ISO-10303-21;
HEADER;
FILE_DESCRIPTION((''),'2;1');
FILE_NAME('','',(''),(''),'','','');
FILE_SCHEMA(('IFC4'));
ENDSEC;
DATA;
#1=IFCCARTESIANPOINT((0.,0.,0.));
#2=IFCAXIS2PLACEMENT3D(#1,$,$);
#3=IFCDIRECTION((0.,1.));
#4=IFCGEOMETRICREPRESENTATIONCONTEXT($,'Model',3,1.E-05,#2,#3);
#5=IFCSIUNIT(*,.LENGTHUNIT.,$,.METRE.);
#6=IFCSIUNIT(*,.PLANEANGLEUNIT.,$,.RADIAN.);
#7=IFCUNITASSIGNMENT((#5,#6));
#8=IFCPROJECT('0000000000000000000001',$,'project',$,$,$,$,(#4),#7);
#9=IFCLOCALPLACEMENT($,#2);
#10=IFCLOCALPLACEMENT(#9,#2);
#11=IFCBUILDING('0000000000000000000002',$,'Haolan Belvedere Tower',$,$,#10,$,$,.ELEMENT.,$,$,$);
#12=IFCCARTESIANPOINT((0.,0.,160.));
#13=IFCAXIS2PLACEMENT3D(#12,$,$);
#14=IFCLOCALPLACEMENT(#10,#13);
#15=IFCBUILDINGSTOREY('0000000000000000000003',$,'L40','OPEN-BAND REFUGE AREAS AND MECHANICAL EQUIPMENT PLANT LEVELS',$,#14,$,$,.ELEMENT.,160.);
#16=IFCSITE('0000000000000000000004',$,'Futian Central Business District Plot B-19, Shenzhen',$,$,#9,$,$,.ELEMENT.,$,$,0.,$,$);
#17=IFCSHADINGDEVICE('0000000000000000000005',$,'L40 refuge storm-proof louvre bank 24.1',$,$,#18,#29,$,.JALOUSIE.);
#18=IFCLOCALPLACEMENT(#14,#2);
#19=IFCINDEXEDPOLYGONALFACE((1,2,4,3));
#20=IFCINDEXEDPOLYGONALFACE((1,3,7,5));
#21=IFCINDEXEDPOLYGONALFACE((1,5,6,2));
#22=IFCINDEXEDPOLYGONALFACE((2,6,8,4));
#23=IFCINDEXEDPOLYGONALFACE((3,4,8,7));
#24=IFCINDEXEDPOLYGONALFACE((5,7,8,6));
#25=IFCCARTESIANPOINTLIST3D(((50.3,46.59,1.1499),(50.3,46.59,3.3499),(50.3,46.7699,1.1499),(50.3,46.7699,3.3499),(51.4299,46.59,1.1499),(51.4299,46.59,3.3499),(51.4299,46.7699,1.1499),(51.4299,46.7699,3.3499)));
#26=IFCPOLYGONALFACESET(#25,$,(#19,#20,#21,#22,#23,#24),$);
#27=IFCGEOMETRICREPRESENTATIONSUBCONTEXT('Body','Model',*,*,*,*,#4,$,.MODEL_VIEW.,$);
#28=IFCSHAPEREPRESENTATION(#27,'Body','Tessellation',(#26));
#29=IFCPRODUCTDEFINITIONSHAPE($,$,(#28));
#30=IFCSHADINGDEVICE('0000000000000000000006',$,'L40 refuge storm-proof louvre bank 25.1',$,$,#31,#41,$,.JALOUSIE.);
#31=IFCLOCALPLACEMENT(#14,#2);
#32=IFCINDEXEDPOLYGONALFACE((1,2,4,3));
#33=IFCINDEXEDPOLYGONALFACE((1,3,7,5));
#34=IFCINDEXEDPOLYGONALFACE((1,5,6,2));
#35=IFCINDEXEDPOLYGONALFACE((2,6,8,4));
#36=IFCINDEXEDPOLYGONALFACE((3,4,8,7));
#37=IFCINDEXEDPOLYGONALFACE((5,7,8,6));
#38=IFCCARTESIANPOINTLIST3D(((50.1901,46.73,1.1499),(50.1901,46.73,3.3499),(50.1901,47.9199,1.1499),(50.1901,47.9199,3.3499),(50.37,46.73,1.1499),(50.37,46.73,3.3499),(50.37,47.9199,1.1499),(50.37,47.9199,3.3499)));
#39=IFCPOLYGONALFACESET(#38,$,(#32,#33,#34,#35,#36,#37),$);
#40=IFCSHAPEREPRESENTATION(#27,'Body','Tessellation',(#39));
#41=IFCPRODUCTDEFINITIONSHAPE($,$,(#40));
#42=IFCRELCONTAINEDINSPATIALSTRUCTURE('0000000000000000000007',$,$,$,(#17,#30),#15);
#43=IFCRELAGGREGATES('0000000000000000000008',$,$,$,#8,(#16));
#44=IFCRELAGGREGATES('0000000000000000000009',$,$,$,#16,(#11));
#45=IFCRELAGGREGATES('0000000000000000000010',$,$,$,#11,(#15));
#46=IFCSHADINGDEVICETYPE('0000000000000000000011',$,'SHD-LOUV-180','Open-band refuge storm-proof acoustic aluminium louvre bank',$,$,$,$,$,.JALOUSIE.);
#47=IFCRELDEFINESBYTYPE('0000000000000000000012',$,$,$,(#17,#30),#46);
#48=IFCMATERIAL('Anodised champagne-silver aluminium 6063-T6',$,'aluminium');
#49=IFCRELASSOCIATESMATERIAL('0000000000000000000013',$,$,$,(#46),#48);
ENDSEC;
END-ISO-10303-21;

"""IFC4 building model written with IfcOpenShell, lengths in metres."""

from ifc_helpers import new_model, si_unit, direction, frame, origin, origin_2d, place, context, subcontext, project, spatial, rectangle, extrude, material, type_object, element, save


model = new_model("IFC4")

# Units and contexts
model_context = context("Model", 3, precision=1e-05, world=origin(), true_north=direction((0.0, 1.0)))
body_context = subcontext(model_context, "Body", "Model", "MODEL_VIEW")
ifc_project = project(units=[si_unit("LENGTHUNIT", "METRE"), si_unit("PLANEANGLEUNIT", "RADIAN")], contexts=[model_context])

# Site, building, storey
site_placement = place(None, origin())
site = spatial("IfcSite", under=ifc_project, at=site_placement, Name="Futian Central Business District Plot B-19, Shenzhen", CompositionType="ELEMENT", RefElevation=0.0)
building_placement = place(site_placement, origin())
building = spatial("IfcBuilding", under=site, at=building_placement, Name="Haolan Belvedere Tower", CompositionType="ELEMENT")
storey_placement = place(building_placement, frame((0.0, 0.0, 160.0)))
storey = spatial("IfcBuildingStorey", under=building, at=storey_placement, Name="L40", Description="OPEN-BAND REFUGE AREAS AND MECHANICAL EQUIPMENT PLANT LEVELS", CompositionType="ELEMENT", Elevation=160.0)

# Shading devices
ifc_material_1 = material(Name="Anodised champagne-silver aluminium 6063-T6", Category="aluminium")
shading_device_type = type_object("IfcShadingDeviceType", Name="SHD-LOUV-180", Description="Open-band refuge storm-proof acoustic aluminium louvre bank", PredefinedType="JALOUSIE", material=ifc_material_1)
for number, where, z_axis, x_axis, name in (
    (1, (50.865, 46.6799, 1.1499), (0.0, 0.0, 1.0), (-1.0, 0.0, 0.0), "L40 refuge storm-proof louvre bank 24.1"),
):
    element("IfcShadingDevice", number, at=place(storey_placement, frame(where, z_axis=z_axis, x_axis=x_axis)), inside=storey, type_object=shading_device_type, Name=name, PredefinedType="JALOUSIE", context=body_context, shape_type="SweptSolid", body=[
        extrude(rectangle(XDim=1.1299, YDim=0.1799, at=origin_2d()), origin(), (0.0, 0.0, 1.0), 2.2),
    ])
shading_device_1_placement = place(storey_placement, frame((50.28, 47.325, 1.1499), z_axis=(0.0, 0.0, 1.0), x_axis=(0.0, 1.0, 0.0)))
element("IfcShadingDevice", 2, at=shading_device_1_placement, inside=storey, type_object=shading_device_type, Name="L40 refuge storm-proof louvre bank 25.1", PredefinedType="JALOUSIE", context=body_context, shape_type="SweptSolid", body=[
    extrude(rectangle(XDim=1.1899, YDim=0.1799, at=origin_2d()), origin(), (0.0, 0.0, 1.0), 2.2),
])

save(model, "model.ifc")
